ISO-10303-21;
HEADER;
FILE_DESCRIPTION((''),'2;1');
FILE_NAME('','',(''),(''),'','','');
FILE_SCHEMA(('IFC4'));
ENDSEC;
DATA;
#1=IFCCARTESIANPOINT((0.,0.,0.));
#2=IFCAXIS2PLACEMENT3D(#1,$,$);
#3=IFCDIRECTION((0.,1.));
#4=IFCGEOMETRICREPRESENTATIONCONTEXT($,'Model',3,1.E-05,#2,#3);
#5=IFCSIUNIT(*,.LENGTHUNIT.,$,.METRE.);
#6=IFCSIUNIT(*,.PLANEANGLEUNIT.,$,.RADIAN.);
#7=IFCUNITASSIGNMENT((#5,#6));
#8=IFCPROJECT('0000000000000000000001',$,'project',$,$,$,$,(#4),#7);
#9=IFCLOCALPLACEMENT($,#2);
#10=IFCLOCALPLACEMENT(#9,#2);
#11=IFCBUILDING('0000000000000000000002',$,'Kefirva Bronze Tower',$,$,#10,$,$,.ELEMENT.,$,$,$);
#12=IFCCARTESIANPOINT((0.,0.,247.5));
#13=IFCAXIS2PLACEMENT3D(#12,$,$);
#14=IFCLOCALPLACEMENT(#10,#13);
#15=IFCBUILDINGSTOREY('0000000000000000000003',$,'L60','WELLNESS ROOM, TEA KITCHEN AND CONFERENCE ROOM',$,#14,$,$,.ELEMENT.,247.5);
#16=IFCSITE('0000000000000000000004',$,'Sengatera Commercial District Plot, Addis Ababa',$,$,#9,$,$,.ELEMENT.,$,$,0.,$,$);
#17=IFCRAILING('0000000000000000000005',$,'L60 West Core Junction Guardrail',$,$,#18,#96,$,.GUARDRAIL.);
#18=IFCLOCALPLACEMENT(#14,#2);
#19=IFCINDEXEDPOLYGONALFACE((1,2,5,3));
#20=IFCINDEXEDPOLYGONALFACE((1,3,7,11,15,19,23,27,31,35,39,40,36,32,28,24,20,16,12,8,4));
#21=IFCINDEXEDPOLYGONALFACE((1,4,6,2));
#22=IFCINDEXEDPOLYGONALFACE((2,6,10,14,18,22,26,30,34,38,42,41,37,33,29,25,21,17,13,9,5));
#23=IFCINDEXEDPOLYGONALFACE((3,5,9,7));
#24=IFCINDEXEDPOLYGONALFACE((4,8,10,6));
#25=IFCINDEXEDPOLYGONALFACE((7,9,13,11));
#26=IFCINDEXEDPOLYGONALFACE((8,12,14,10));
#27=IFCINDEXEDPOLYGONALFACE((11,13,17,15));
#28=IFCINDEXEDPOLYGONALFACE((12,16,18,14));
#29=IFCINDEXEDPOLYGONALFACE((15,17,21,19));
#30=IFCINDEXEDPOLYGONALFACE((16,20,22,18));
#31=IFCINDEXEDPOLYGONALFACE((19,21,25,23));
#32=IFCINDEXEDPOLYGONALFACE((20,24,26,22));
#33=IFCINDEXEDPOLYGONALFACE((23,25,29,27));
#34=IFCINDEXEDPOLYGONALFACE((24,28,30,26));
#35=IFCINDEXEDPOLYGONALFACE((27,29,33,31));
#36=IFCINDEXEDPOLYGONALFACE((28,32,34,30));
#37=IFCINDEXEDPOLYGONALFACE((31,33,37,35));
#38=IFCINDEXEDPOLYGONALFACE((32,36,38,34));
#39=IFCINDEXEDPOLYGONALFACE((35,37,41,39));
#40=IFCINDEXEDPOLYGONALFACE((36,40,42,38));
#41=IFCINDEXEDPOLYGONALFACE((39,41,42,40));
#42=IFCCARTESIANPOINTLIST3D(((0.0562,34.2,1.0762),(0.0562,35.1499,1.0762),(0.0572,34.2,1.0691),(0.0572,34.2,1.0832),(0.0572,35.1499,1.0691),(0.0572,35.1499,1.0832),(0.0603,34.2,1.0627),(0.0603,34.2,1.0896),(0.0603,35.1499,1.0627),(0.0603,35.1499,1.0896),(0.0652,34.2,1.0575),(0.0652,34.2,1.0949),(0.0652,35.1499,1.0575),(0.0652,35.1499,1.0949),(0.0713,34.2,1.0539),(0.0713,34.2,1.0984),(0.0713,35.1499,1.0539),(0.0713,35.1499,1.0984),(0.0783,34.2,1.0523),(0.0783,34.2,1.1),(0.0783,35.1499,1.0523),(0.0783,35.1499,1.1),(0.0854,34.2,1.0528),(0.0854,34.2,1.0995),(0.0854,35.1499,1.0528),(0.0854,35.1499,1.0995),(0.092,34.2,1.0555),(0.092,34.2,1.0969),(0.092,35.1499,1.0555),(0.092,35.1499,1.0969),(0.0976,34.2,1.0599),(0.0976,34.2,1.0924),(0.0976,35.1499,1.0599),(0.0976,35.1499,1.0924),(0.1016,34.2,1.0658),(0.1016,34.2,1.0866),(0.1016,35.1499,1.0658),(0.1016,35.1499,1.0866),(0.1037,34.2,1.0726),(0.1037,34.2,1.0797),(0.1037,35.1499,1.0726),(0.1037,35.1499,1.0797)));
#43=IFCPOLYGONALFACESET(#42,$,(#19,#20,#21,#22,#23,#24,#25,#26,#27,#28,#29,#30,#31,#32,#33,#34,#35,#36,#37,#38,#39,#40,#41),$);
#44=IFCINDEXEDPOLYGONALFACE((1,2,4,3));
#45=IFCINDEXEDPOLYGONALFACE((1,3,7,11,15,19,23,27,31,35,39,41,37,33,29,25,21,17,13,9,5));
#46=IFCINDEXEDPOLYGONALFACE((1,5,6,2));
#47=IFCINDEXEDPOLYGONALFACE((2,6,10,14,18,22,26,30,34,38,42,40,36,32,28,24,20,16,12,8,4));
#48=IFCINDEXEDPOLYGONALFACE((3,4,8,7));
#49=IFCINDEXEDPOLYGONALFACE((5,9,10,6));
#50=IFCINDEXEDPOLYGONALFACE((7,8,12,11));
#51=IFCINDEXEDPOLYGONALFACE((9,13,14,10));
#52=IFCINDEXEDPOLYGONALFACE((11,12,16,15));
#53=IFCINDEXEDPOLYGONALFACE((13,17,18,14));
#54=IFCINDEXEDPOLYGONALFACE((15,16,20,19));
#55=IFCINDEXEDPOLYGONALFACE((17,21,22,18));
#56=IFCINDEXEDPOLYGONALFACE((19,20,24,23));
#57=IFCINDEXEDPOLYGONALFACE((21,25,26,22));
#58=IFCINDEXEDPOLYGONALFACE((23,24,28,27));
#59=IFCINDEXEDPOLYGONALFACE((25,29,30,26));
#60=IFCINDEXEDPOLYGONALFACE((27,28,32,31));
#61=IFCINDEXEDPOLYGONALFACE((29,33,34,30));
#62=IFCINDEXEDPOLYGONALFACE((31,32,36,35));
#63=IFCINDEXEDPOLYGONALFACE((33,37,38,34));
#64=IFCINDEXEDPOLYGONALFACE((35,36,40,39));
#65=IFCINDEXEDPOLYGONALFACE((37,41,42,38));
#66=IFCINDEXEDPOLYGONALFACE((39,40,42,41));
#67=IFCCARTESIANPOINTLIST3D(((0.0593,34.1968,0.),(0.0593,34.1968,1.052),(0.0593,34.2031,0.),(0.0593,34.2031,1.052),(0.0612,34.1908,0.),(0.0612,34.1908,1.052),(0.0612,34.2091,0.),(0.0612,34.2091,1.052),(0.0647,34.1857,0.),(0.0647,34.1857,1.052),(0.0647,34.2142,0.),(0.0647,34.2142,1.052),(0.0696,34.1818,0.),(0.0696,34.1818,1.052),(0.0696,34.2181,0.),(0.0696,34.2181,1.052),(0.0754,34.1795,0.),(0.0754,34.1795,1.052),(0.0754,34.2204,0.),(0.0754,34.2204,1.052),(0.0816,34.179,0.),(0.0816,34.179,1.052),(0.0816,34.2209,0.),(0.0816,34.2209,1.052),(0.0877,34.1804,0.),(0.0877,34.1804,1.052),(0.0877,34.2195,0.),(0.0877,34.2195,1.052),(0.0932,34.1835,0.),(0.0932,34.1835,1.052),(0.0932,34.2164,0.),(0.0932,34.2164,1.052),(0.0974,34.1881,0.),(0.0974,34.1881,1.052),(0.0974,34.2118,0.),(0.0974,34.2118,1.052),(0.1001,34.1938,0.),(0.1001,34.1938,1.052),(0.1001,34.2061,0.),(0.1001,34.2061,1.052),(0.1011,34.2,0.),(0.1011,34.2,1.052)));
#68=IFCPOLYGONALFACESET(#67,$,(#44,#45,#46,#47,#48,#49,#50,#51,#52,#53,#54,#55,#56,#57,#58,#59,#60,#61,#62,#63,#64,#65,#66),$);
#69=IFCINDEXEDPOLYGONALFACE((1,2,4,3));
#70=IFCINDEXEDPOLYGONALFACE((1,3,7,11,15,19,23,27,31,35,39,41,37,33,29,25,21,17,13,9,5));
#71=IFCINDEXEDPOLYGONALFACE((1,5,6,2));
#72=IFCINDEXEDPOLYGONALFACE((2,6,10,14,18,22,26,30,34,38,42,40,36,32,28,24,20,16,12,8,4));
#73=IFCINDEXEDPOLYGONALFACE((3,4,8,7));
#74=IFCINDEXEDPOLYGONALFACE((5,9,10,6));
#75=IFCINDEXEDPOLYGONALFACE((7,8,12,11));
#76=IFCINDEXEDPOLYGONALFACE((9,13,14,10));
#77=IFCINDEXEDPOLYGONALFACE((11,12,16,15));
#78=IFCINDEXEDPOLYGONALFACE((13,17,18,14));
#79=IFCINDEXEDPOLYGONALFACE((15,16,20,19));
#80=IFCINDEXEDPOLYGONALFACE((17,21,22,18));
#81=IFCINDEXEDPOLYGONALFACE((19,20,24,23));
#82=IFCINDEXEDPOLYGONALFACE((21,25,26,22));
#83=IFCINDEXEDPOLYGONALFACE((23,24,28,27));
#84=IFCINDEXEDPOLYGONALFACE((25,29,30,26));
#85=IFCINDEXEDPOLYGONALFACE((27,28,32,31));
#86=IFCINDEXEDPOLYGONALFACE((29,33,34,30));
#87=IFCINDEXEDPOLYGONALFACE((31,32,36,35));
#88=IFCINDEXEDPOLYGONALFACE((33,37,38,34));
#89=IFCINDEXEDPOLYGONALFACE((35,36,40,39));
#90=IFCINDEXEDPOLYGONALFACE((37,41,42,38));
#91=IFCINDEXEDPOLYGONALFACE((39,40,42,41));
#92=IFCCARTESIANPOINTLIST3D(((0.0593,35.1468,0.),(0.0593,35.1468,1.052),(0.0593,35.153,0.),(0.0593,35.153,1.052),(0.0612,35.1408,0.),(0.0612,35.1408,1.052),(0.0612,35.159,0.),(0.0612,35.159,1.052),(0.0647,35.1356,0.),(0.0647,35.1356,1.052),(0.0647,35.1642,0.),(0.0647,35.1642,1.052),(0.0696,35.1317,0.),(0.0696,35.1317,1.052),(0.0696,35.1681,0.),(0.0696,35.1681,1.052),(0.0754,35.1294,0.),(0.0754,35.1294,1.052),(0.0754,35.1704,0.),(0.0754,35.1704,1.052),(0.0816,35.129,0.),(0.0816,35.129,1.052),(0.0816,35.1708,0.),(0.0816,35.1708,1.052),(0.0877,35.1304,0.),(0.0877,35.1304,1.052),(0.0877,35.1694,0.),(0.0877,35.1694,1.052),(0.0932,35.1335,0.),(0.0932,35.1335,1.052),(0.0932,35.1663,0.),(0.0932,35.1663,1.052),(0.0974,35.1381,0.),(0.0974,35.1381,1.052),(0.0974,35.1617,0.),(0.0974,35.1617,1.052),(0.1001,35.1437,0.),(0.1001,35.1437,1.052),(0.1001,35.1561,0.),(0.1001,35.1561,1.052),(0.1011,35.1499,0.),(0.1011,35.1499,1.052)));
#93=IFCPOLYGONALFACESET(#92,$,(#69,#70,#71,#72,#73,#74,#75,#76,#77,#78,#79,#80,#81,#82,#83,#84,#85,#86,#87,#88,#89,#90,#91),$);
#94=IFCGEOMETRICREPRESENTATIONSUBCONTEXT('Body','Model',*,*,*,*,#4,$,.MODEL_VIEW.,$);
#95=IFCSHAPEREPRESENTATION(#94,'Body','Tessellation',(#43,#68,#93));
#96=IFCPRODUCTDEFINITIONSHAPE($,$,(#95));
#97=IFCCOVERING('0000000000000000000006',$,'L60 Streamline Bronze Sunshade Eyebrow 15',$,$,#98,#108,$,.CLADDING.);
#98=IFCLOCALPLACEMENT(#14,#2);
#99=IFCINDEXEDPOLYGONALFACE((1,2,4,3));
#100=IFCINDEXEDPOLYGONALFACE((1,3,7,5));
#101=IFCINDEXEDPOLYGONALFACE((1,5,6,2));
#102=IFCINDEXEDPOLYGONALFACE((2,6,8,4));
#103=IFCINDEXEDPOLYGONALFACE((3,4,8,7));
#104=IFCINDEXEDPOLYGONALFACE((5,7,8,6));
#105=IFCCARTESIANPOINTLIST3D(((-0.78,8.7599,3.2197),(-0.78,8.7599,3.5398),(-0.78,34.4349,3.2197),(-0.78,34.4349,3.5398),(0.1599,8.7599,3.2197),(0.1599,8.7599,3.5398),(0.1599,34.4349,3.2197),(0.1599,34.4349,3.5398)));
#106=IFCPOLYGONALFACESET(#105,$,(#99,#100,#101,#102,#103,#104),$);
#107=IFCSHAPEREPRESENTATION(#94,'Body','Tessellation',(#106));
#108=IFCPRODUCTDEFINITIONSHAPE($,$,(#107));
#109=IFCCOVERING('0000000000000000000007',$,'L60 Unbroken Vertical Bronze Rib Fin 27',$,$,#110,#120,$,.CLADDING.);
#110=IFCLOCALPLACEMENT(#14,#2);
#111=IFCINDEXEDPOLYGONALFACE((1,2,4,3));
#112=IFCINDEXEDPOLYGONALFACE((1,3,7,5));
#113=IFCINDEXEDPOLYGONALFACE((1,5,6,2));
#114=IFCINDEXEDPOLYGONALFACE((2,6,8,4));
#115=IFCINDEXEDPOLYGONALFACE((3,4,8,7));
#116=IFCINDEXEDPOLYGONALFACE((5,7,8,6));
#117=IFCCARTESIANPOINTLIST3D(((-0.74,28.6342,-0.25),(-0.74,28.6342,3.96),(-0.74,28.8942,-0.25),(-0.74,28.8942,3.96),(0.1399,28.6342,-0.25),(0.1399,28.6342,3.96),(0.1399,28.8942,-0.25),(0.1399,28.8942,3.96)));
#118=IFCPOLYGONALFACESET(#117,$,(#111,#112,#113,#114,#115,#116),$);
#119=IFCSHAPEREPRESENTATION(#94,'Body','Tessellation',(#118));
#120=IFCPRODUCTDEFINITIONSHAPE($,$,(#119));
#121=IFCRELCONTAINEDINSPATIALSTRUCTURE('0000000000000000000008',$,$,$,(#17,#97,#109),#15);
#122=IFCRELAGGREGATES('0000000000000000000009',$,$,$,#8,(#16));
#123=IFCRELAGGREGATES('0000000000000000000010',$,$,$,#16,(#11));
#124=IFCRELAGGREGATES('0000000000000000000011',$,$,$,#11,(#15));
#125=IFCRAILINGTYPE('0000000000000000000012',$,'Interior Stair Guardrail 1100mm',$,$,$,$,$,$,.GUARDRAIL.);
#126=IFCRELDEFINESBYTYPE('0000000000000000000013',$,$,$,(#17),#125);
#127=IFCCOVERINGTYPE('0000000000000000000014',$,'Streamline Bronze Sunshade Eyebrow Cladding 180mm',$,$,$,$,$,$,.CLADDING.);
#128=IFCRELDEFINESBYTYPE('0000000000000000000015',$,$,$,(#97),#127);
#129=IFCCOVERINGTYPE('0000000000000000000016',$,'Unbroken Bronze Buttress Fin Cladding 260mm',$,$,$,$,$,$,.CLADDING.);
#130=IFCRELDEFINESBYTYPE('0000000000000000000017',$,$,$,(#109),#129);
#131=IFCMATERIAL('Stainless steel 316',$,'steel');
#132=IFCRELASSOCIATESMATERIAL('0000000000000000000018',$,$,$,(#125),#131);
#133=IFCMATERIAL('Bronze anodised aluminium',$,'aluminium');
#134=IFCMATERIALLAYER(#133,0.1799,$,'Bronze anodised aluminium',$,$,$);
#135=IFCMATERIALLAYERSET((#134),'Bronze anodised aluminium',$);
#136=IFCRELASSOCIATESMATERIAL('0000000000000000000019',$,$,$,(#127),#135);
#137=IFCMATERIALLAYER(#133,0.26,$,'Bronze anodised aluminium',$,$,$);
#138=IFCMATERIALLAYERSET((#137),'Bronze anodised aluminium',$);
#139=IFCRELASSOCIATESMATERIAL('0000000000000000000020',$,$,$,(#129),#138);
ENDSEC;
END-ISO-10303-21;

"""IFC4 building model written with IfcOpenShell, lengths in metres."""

from ifc_helpers import new_model, si_unit, direction, frame, origin, origin_2d, place, context, subcontext, project, spatial, rectangle, circle, extrude, material, layer, layer_set, type_object, element, save


model = new_model("IFC4")

# Units and contexts
model_context = context("Model", 3, precision=1e-05, world=origin(), true_north=direction((0.0, 1.0)))
body_context = subcontext(model_context, "Body", "Model", "MODEL_VIEW")
ifc_project = project(units=[si_unit("LENGTHUNIT", "METRE"), si_unit("PLANEANGLEUNIT", "RADIAN")], contexts=[model_context])

# Site, building, storey
site_placement = place(None, origin())
site = spatial("IfcSite", under=ifc_project, at=site_placement, Name="Sengatera Commercial District Plot, Addis Ababa", CompositionType="ELEMENT", RefElevation=0.0)
building_placement = place(site_placement, origin())
building = spatial("IfcBuilding", under=site, at=building_placement, Name="Kefirva Bronze Tower", CompositionType="ELEMENT")
storey_placement = place(building_placement, frame((0.0, 0.0, 247.5)))
storey = spatial("IfcBuildingStorey", under=building, at=storey_placement, Name="L60", Description="WELLNESS ROOM, TEA KITCHEN AND CONFERENCE ROOM", CompositionType="ELEMENT", Elevation=247.5)

# Shared definitions
ifc_material_1 = material(Name="Bronze anodised aluminium", Category="aluminium")

# Railing
ifc_material_2 = material(Name="Stainless steel 316", Category="steel")
railing_type = type_object("IfcRailingType", Name="Interior Stair Guardrail 1100mm", PredefinedType="GUARDRAIL", material=ifc_material_2)
railing_placement = place(storey_placement, frame((0.0801, 34.2, 0.0)))
element("IfcRailing", 1, at=railing_placement, inside=storey, type_object=railing_type, Name="L60 West Core Junction Guardrail", PredefinedType="GUARDRAIL", context=body_context, shape_type="SweptSolid", body=[
    extrude(circle(Radius=0.0239, at=origin_2d()), frame((0.0, 0.0, 1.0762), z_axis=(0.0, 1.0, 0.0), x_axis=(-1.0, 0.0, 0.0)), (0.0, 0.0, 1.0), 0.95),
    extrude(circle(Radius=0.021, at=origin_2d()), origin(), (0.0, 0.0, 1.0), 1.052),
    extrude(circle(Radius=0.021, at=origin_2d()), frame((0.0, 0.95, 0.0)), (0.0, 0.0, 1.0), 1.052),
])

# Coverings
ifc_layer_1 = layer(ifc_material_1, 0.1799, Name="Bronze anodised aluminium")
ifc_layer_set_1 = layer_set([ifc_layer_1], Name="Bronze anodised aluminium")
covering_type_1 = type_object("IfcCoveringType", Name="Streamline Bronze Sunshade Eyebrow Cladding 180mm", PredefinedType="CLADDING", material=ifc_layer_set_1)
covering_1_placement = place(storey_placement, frame((-0.3101, 21.5974, 3.2197), z_axis=(0.0, 0.0, 1.0), x_axis=(0.0, -1.0, 0.0)))
element("IfcCovering", 2, at=covering_1_placement, inside=storey, type_object=covering_type_1, Name="L60 Streamline Bronze Sunshade Eyebrow 15", PredefinedType="CLADDING", context=body_context, shape_type="SweptSolid", body=[
    extrude(rectangle(XDim=25.675, YDim=0.9399, at=origin_2d()), origin(), (0.0, 0.0, 1.0), 0.3201),
])
ifc_layer_2 = layer(ifc_material_1, 0.26, Name="Bronze anodised aluminium")
ifc_layer_set_2 = layer_set([ifc_layer_2], Name="Bronze anodised aluminium")
covering_type_2 = type_object("IfcCoveringType", Name="Unbroken Bronze Buttress Fin Cladding 260mm", PredefinedType="CLADDING", material=ifc_layer_set_2)
covering_2_placement = place(storey_placement, frame((-0.3, 28.7642, -0.25), z_axis=(0.0, 0.0, 1.0), x_axis=(0.0, -1.0, 0.0)))
element("IfcCovering", 3, at=covering_2_placement, inside=storey, type_object=covering_type_2, Name="L60 Unbroken Vertical Bronze Rib Fin 27", PredefinedType="CLADDING", context=body_context, shape_type="SweptSolid", body=[
    extrude(rectangle(XDim=0.26, YDim=0.8799, at=origin_2d()), origin(), (0.0, 0.0, 1.0), 4.21),
])

save(model, "model.ifc")
